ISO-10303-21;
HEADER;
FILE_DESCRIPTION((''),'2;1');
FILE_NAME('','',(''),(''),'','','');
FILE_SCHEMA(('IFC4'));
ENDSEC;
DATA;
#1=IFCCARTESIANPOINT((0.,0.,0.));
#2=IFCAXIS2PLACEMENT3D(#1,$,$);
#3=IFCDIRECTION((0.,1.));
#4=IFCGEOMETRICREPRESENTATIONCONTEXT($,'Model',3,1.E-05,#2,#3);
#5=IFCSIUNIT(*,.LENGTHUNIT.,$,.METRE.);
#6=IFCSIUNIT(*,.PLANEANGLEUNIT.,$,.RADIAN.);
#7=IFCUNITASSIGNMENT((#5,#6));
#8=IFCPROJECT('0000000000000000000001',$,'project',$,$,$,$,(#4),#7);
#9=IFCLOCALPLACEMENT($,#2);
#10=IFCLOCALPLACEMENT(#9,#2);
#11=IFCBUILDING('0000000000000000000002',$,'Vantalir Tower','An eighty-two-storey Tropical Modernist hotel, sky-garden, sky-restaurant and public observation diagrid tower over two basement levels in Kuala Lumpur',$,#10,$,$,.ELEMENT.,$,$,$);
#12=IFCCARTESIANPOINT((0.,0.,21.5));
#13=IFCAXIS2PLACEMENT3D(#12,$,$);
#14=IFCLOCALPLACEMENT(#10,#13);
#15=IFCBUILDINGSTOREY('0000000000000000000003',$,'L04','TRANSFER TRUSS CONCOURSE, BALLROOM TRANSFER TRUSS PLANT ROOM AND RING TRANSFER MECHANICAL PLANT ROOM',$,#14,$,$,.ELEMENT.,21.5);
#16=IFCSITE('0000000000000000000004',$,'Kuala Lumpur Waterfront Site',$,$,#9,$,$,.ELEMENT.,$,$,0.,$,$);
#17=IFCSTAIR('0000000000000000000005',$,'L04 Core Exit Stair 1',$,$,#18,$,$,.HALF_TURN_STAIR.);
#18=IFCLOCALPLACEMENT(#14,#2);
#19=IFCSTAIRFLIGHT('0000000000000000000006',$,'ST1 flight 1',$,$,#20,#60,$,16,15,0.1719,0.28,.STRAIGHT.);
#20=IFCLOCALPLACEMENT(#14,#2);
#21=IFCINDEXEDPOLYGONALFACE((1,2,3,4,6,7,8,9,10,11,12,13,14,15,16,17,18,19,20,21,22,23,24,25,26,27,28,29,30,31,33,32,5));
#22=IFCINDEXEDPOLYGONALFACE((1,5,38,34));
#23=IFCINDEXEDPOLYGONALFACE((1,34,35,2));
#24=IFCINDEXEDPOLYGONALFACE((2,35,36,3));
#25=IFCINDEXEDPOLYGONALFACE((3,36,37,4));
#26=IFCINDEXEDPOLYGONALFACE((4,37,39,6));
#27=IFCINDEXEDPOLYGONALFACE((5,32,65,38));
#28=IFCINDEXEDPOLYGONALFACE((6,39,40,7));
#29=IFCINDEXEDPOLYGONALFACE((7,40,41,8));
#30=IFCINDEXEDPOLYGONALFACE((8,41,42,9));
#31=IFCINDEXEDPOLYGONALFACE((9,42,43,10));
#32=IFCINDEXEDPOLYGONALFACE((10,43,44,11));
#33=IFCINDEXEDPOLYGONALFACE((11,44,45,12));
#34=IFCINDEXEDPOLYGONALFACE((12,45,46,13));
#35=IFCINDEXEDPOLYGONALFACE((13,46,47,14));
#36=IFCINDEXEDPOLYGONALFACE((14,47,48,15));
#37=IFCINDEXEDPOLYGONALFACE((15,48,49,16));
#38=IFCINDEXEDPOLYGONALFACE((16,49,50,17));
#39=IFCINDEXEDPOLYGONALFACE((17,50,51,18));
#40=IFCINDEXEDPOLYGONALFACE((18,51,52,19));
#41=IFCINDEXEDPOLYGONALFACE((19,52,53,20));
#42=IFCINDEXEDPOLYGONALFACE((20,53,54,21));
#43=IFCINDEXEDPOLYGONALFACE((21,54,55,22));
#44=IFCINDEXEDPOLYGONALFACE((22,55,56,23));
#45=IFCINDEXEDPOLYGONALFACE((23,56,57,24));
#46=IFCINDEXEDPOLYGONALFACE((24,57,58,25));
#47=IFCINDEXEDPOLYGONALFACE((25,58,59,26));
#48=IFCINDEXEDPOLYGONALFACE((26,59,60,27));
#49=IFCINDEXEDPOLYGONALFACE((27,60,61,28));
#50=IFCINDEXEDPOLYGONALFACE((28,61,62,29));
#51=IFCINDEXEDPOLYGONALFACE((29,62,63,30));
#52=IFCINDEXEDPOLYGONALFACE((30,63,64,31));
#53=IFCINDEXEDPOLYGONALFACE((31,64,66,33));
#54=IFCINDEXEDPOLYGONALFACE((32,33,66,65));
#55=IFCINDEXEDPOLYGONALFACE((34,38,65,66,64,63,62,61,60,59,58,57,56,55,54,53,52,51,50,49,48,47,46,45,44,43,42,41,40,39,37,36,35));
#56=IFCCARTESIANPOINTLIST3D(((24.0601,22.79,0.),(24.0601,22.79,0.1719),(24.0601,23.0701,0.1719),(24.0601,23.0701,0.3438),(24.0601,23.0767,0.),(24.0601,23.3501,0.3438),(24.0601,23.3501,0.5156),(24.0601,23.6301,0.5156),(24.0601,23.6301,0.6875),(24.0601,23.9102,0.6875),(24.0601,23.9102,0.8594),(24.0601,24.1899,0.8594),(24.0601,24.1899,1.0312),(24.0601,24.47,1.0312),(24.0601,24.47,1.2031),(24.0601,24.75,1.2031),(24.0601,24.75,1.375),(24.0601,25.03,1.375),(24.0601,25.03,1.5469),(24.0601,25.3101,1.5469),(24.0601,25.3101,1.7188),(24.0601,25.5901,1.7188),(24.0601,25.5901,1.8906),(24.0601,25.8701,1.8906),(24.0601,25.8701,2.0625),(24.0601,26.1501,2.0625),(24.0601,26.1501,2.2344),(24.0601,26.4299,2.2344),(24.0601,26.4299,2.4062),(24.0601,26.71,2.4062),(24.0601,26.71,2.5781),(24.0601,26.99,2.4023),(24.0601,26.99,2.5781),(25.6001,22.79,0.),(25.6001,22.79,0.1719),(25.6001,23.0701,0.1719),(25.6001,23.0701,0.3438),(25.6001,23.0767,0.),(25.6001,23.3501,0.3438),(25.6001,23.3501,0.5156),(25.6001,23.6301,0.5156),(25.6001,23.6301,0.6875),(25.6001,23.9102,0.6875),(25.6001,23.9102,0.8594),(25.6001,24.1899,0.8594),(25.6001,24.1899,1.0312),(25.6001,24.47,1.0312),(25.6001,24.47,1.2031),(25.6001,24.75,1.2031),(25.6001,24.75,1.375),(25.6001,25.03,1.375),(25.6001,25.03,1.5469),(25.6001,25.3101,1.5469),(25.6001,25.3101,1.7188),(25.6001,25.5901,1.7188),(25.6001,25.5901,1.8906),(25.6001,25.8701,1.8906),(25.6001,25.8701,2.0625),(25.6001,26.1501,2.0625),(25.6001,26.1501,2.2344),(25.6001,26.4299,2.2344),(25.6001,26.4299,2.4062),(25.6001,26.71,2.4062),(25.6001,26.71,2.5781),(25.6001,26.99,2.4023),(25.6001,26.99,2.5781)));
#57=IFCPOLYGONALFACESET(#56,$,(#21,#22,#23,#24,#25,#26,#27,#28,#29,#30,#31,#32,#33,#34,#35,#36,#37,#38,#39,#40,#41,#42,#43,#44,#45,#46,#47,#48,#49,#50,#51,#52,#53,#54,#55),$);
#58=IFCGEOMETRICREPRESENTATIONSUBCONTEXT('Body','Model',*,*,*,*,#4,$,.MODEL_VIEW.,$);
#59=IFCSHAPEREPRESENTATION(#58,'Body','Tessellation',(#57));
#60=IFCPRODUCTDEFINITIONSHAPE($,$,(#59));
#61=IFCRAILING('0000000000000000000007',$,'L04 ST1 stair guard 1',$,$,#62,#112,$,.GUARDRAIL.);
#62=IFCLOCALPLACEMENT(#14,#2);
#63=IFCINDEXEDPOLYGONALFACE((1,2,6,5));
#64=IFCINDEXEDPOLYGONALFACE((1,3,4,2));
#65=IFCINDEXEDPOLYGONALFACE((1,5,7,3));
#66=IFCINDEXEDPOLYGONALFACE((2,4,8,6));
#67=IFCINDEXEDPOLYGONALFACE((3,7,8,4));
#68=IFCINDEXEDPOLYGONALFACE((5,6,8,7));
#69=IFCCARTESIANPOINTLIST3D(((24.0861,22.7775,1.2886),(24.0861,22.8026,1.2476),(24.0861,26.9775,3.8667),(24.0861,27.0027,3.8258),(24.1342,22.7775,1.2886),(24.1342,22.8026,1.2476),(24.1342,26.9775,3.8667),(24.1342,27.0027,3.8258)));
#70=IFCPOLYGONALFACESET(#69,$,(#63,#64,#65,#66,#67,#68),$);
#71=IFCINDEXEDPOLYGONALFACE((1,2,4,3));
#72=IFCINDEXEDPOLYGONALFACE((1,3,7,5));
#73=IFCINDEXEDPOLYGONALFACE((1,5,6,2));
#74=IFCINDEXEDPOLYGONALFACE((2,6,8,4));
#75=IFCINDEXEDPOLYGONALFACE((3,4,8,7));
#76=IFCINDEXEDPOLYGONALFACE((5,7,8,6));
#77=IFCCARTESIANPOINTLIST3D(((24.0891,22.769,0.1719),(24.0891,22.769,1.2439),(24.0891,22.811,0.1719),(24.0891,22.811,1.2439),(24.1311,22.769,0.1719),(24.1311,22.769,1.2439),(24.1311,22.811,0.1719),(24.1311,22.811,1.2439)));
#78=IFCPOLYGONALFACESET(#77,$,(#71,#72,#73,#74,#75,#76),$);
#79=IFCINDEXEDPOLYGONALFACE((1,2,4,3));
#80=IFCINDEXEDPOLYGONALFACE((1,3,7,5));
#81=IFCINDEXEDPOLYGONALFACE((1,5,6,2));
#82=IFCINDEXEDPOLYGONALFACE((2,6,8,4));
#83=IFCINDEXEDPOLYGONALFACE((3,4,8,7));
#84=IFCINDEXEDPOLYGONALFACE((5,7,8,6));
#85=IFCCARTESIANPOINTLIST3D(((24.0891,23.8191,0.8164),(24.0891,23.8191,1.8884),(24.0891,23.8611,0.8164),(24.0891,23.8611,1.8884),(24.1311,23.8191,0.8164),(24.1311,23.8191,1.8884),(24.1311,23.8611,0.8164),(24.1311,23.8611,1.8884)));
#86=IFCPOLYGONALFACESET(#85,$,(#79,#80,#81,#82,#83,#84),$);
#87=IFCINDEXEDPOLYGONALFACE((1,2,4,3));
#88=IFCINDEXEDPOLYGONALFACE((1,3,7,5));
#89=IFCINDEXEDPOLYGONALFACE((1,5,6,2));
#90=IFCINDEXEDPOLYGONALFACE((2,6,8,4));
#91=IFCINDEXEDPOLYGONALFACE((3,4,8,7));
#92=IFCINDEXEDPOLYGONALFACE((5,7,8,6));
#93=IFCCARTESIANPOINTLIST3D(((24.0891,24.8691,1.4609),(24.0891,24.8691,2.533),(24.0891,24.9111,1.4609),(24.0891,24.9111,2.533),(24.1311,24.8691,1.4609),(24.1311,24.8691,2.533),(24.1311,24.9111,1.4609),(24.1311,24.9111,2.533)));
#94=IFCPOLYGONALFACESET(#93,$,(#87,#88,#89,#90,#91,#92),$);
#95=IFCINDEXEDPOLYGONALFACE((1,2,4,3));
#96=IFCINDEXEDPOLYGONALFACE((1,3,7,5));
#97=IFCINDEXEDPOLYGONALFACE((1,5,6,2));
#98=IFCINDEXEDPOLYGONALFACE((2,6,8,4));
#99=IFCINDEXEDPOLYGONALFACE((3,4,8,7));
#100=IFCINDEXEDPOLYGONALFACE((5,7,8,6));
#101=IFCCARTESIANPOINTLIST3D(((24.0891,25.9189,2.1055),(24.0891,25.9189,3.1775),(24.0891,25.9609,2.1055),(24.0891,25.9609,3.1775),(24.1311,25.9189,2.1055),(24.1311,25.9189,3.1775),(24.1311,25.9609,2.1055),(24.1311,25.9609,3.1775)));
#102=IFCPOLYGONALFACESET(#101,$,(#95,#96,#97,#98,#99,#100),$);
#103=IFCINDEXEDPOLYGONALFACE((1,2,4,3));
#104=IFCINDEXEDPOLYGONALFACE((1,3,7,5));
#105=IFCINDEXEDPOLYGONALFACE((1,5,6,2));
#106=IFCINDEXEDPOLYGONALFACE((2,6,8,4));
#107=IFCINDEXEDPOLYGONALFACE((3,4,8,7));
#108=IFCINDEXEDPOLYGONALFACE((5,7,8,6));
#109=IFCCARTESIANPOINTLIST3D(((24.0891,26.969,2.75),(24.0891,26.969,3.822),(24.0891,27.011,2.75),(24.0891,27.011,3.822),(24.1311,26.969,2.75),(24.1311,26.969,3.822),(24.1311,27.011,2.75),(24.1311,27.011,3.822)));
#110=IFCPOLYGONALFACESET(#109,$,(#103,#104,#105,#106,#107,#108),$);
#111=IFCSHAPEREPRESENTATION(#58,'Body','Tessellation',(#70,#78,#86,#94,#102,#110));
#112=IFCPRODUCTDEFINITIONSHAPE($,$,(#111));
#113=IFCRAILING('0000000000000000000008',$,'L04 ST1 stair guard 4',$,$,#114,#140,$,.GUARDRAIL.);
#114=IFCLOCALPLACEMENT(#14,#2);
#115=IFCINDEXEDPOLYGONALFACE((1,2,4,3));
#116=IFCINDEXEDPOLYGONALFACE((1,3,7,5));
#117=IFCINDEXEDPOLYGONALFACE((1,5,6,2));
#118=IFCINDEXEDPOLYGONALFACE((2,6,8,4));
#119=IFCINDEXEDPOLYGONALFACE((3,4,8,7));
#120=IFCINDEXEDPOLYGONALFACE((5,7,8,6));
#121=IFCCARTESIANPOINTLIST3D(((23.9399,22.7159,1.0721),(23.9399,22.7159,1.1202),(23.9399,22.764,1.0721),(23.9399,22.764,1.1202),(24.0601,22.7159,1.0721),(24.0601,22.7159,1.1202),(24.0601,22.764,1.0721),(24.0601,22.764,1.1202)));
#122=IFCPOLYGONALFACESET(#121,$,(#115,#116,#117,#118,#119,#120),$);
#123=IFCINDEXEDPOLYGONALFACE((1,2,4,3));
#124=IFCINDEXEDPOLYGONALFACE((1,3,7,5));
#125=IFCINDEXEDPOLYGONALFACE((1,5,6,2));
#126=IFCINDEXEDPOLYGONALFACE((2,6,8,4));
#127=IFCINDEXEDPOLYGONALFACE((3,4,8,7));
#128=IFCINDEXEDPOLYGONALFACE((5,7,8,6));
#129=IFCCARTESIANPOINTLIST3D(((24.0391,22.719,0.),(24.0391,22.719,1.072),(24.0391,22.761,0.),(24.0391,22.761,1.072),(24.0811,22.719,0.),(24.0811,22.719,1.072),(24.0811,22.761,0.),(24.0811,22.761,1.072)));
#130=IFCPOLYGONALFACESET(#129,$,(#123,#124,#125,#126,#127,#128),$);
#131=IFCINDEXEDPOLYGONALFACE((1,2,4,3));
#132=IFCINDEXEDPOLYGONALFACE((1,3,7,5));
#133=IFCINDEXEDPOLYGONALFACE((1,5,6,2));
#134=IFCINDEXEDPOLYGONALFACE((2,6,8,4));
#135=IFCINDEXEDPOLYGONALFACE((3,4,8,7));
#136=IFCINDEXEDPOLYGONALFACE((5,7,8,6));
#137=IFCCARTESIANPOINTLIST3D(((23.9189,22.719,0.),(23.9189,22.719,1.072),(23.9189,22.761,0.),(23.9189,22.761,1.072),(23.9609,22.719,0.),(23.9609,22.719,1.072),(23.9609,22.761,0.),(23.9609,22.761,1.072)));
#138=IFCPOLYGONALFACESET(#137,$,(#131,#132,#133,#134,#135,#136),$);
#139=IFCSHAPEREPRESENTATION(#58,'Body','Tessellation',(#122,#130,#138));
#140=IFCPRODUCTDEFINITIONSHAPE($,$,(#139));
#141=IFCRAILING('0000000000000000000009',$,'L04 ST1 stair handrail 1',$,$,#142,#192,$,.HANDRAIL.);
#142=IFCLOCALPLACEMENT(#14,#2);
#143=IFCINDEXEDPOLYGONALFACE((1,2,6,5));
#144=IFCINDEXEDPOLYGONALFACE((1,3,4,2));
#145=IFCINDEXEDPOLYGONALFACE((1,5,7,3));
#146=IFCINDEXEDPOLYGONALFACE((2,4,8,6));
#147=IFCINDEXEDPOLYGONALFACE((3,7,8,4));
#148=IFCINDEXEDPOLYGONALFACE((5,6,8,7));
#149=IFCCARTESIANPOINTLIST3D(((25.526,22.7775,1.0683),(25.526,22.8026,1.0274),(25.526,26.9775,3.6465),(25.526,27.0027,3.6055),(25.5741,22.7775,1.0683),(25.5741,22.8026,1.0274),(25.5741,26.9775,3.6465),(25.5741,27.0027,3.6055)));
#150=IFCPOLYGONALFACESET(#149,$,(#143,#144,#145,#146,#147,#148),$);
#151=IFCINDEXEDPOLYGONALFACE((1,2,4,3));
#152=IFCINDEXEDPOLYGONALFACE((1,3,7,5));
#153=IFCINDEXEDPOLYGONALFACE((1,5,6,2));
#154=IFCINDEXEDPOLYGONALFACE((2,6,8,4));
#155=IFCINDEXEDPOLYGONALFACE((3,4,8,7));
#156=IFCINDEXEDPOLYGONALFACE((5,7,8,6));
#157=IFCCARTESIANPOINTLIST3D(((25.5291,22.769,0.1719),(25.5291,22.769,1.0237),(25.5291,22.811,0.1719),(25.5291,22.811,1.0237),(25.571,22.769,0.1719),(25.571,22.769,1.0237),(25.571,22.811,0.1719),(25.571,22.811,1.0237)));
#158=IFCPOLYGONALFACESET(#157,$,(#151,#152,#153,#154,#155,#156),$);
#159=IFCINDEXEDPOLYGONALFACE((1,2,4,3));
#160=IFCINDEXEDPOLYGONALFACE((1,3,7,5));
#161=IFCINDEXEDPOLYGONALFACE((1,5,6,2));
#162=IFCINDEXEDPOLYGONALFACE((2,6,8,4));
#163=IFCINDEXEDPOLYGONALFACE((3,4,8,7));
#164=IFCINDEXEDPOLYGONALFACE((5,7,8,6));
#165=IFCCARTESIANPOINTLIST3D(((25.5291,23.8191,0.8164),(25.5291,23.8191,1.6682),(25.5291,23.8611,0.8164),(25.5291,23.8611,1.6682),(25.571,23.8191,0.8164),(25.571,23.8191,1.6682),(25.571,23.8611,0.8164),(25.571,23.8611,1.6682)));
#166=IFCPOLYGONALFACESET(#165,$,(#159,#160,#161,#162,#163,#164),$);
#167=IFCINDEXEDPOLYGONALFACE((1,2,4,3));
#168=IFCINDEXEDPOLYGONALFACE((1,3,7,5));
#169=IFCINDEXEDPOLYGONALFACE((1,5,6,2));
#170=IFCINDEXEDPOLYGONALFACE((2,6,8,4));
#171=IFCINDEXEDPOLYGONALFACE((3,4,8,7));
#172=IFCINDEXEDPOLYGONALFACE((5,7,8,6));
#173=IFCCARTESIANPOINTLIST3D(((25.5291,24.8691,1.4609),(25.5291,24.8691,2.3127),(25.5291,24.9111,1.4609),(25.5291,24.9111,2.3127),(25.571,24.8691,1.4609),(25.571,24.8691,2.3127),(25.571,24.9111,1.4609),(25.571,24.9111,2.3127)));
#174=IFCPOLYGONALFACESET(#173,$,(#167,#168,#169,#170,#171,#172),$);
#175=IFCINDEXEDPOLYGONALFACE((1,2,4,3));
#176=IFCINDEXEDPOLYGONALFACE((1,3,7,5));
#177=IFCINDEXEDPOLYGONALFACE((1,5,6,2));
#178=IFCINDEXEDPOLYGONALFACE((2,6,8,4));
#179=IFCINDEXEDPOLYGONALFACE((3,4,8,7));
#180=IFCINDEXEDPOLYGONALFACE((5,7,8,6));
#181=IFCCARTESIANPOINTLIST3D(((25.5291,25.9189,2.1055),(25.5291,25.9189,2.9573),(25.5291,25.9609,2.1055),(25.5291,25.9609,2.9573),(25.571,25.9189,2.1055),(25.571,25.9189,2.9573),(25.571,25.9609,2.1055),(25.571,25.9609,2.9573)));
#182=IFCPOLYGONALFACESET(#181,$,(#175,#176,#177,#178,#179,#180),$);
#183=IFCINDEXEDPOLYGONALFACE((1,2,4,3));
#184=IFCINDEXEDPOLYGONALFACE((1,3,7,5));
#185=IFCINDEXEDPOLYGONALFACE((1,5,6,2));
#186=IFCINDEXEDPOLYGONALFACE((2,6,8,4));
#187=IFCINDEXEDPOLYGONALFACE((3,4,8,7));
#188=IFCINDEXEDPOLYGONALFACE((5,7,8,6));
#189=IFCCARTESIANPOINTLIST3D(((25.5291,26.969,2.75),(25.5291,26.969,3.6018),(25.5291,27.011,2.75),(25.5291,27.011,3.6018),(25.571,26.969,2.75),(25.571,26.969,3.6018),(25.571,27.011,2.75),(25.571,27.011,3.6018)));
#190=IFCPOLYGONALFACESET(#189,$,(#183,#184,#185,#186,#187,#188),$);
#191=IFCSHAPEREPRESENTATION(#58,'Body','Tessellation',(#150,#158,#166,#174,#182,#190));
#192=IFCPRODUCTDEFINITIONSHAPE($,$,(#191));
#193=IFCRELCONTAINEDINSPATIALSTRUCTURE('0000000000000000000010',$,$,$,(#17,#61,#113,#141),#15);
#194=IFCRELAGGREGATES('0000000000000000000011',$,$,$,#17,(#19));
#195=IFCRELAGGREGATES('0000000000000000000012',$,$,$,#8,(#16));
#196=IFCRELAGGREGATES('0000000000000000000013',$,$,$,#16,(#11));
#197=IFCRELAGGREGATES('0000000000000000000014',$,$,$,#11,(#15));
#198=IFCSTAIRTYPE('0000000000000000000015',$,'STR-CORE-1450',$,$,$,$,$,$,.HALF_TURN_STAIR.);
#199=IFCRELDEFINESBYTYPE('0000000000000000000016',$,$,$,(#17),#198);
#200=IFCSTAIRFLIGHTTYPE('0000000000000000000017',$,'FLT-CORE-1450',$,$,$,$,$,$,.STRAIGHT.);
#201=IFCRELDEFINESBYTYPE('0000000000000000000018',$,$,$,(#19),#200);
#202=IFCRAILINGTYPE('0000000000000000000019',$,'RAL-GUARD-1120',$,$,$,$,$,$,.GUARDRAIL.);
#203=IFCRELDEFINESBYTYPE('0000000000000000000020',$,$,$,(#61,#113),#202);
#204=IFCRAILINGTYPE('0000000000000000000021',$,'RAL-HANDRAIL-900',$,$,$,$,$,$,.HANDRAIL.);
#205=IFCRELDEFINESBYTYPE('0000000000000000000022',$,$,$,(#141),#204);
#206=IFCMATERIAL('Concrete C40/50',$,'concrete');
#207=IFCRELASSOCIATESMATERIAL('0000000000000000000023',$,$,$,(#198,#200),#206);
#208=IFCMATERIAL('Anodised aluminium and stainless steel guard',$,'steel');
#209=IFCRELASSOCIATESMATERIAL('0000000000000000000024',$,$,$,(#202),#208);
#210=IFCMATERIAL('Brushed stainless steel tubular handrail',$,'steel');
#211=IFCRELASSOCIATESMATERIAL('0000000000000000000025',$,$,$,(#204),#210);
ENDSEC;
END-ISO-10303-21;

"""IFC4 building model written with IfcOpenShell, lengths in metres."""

from ifc_helpers import new_model, si_unit, direction, frame, origin, origin_2d, place, context, subcontext, project, spatial, polyline, rectangle, outline, extrude, material, type_object, element, aggregate, save


model = new_model("IFC4")

# Units and contexts
model_context = context("Model", 3, precision=1e-05, world=origin(), true_north=direction((0.0, 1.0)))
body_context = subcontext(model_context, "Body", "Model", "MODEL_VIEW")
ifc_project = project(units=[si_unit("LENGTHUNIT", "METRE"), si_unit("PLANEANGLEUNIT", "RADIAN")], contexts=[model_context])

# Site, building, storey
site_placement = place(None, origin())
site = spatial("IfcSite", under=ifc_project, at=site_placement, Name="Kuala Lumpur Waterfront Site", CompositionType="ELEMENT", RefElevation=0.0)
building_placement = place(site_placement, origin())
building = spatial("IfcBuilding", under=site, at=building_placement, Name="Vantalir Tower", Description="An eighty-two-storey Tropical Modernist hotel, sky-garden, sky-restaurant and public observation diagrid tower over two basement levels in Kuala Lumpur", CompositionType="ELEMENT")
storey_placement = place(building_placement, frame((0.0, 0.0, 21.5)))
storey = spatial("IfcBuildingStorey", under=building, at=storey_placement, Name="L04", Description="TRANSFER TRUSS CONCOURSE, BALLROOM TRANSFER TRUSS PLANT ROOM AND RING TRANSFER MECHANICAL PLANT ROOM", CompositionType="ELEMENT", Elevation=21.5)

# Stair, stair flight
ifc_material_1 = material(Name="Concrete C40/50", Category="concrete")
stair_type = type_object("IfcStairType", Name="STR-CORE-1450", PredefinedType="HALF_TURN_STAIR", material=ifc_material_1)
stair_placement = place(storey_placement, origin())
stair = element("IfcStair", 1, at=stair_placement, inside=storey, type_object=stair_type, Name="L04 Core Exit Stair 1", PredefinedType="HALF_TURN_STAIR")
stair_flight_type = type_object("IfcStairFlightType", Name="FLT-CORE-1450", PredefinedType="STRAIGHT", material=ifc_material_1)
stair_flight_placement = place(storey_placement, frame((24.8301, 22.79, 0.0), z_axis=(0.0, 0.0, 1.0), x_axis=(0.0, 1.0, 0.0)))
stair_flight = element("IfcStairFlight", 2, at=stair_flight_placement, type_object=stair_flight_type, Name="ST1 flight 1", NumberOfRisers=16, NumberOfTreads=15, PredefinedType="STRAIGHT", RiserHeight=0.1719, TreadLength=0.28, context=body_context, shape_type="SweptSolid", body=[
    extrude(outline(polyline([(0.0, 0.0), (0.0, 0.1719), (0.28, 0.1719), (0.28, 0.3438), (0.5601, 0.3438), (0.5601, 0.5156), (0.8401, 0.5156), (0.8401, 0.6875), (1.1201, 0.6875), (1.1201, 0.8594), (1.3999, 0.8594), (1.3999, 1.0312), (1.6799, 1.0312), (1.6799, 1.2031), (1.96, 1.2031), (1.96, 1.375), (2.24, 1.375), (2.24, 1.5469), (2.52, 1.5469), (2.52, 1.7188), (2.8, 1.7188), (2.8, 1.8906), (3.0801, 1.8906), (3.0801, 2.0625), (3.3601, 2.0625), (3.3601, 2.2344), (3.6399, 2.2344), (3.6399, 2.4062), (3.9199, 2.4062), (3.9199, 2.5781), (4.2, 2.5781), (4.2, 2.75), (4.2, 2.4023), (0.2866, 0.0), (0.0, 0.0)])), frame((0.0, 0.77, 0.0), z_axis=(0.0, -1.0, 0.0), x_axis=(1.0, 0.0, 0.0)), (0.0, 0.0, 1.0), 1.54),
])
aggregate(stair, [stair_flight])

# Railings
ifc_material_2 = material(Name="Anodised aluminium and stainless steel guard", Category="steel")
railing_type_1 = type_object("IfcRailingType", Name="RAL-GUARD-1120", PredefinedType="GUARDRAIL", material=ifc_material_2)
railing_1_placement = place(storey_placement, frame((24.1101, 22.79, 0.1719)))
element("IfcRailing", 3, at=railing_1_placement, inside=storey, type_object=railing_type_1, Name="L04 ST1 stair guard 1", PredefinedType="GUARDRAIL", context=body_context, shape_type="SweptSolid", body=[
    extrude(rectangle(XDim=0.0481, YDim=0.0481, at=origin_2d()), frame((0.0, 0.0, 1.0962), z_axis=(0.0, 0.852243, 0.523146), x_axis=(-1.0, 0.0, 0.0)), (0.0, 0.0, 1.0), 4.9282),
    extrude(rectangle(XDim=0.042, YDim=0.042, at=origin_2d()), origin(), (0.0, 0.0, 1.0), 1.072),
    extrude(rectangle(XDim=0.042, YDim=0.042, at=origin_2d()), frame((0.0, 1.05, 0.6445)), (0.0, 0.0, 1.0), 1.072),
    extrude(rectangle(XDim=0.042, YDim=0.042, at=origin_2d()), frame((0.0, 2.1001, 1.2891)), (0.0, 0.0, 1.0), 1.072),
    extrude(rectangle(XDim=0.042, YDim=0.042, at=origin_2d()), frame((0.0, 3.1499, 1.9336)), (0.0, 0.0, 1.0), 1.072),
    extrude(rectangle(XDim=0.042, YDim=0.042, at=origin_2d()), frame((0.0, 4.2, 2.5781)), (0.0, 0.0, 1.0), 1.072),
])
railing_2_placement = place(storey_placement, frame((24.0601, 22.74, 0.0)))
element("IfcRailing", 4, at=railing_2_placement, inside=storey, type_object=railing_type_1, Name="L04 ST1 stair guard 4", PredefinedType="GUARDRAIL", context=body_context, shape_type="SweptSolid", body=[
    extrude(rectangle(XDim=0.0481, YDim=0.0481, at=origin_2d()), frame((0.0, 0.0, 1.0962), z_axis=(-1.0, 0.0, 0.0), x_axis=(0.0, -1.0, 0.0)), (0.0, 0.0, 1.0), 0.1201),
    extrude(rectangle(XDim=0.042, YDim=0.042, at=origin_2d()), origin(), (0.0, 0.0, 1.0), 1.072),
    extrude(rectangle(XDim=0.042, YDim=0.042, at=origin_2d()), frame((-0.1201, 0.0, 0.0)), (0.0, 0.0, 1.0), 1.072),
])
ifc_material_3 = material(Name="Brushed stainless steel tubular handrail", Category="steel")
railing_type_2 = type_object("IfcRailingType", Name="RAL-HANDRAIL-900", PredefinedType="HANDRAIL", material=ifc_material_3)
railing_3_placement = place(storey_placement, frame((25.55, 22.79, 0.1719)))
element("IfcRailing", 5, at=railing_3_placement, inside=storey, type_object=railing_type_2, Name="L04 ST1 stair handrail 1", PredefinedType="HANDRAIL", context=body_context, shape_type="SweptSolid", body=[
    extrude(rectangle(XDim=0.0481, YDim=0.0481, at=origin_2d()), frame((0.0, 0.0, 0.876), z_axis=(0.0, 0.852243, 0.523146), x_axis=(-1.0, 0.0, 0.0)), (0.0, 0.0, 1.0), 4.9282),
    extrude(rectangle(XDim=0.042, YDim=0.042, at=origin_2d()), origin(), (0.0, 0.0, 1.0), 0.8518),
    extrude(rectangle(XDim=0.042, YDim=0.042, at=origin_2d()), frame((0.0, 1.05, 0.6445)), (0.0, 0.0, 1.0), 0.8518),
    extrude(rectangle(XDim=0.042, YDim=0.042, at=origin_2d()), frame((0.0, 2.1001, 1.2891)), (0.0, 0.0, 1.0), 0.8518),
    extrude(rectangle(XDim=0.042, YDim=0.042, at=origin_2d()), frame((0.0, 3.1499, 1.9336)), (0.0, 0.0, 1.0), 0.8518),
    extrude(rectangle(XDim=0.042, YDim=0.042, at=origin_2d()), frame((0.0, 4.2, 2.5781)), (0.0, 0.0, 1.0), 0.8518),
])

save(model, "model.ifc")
